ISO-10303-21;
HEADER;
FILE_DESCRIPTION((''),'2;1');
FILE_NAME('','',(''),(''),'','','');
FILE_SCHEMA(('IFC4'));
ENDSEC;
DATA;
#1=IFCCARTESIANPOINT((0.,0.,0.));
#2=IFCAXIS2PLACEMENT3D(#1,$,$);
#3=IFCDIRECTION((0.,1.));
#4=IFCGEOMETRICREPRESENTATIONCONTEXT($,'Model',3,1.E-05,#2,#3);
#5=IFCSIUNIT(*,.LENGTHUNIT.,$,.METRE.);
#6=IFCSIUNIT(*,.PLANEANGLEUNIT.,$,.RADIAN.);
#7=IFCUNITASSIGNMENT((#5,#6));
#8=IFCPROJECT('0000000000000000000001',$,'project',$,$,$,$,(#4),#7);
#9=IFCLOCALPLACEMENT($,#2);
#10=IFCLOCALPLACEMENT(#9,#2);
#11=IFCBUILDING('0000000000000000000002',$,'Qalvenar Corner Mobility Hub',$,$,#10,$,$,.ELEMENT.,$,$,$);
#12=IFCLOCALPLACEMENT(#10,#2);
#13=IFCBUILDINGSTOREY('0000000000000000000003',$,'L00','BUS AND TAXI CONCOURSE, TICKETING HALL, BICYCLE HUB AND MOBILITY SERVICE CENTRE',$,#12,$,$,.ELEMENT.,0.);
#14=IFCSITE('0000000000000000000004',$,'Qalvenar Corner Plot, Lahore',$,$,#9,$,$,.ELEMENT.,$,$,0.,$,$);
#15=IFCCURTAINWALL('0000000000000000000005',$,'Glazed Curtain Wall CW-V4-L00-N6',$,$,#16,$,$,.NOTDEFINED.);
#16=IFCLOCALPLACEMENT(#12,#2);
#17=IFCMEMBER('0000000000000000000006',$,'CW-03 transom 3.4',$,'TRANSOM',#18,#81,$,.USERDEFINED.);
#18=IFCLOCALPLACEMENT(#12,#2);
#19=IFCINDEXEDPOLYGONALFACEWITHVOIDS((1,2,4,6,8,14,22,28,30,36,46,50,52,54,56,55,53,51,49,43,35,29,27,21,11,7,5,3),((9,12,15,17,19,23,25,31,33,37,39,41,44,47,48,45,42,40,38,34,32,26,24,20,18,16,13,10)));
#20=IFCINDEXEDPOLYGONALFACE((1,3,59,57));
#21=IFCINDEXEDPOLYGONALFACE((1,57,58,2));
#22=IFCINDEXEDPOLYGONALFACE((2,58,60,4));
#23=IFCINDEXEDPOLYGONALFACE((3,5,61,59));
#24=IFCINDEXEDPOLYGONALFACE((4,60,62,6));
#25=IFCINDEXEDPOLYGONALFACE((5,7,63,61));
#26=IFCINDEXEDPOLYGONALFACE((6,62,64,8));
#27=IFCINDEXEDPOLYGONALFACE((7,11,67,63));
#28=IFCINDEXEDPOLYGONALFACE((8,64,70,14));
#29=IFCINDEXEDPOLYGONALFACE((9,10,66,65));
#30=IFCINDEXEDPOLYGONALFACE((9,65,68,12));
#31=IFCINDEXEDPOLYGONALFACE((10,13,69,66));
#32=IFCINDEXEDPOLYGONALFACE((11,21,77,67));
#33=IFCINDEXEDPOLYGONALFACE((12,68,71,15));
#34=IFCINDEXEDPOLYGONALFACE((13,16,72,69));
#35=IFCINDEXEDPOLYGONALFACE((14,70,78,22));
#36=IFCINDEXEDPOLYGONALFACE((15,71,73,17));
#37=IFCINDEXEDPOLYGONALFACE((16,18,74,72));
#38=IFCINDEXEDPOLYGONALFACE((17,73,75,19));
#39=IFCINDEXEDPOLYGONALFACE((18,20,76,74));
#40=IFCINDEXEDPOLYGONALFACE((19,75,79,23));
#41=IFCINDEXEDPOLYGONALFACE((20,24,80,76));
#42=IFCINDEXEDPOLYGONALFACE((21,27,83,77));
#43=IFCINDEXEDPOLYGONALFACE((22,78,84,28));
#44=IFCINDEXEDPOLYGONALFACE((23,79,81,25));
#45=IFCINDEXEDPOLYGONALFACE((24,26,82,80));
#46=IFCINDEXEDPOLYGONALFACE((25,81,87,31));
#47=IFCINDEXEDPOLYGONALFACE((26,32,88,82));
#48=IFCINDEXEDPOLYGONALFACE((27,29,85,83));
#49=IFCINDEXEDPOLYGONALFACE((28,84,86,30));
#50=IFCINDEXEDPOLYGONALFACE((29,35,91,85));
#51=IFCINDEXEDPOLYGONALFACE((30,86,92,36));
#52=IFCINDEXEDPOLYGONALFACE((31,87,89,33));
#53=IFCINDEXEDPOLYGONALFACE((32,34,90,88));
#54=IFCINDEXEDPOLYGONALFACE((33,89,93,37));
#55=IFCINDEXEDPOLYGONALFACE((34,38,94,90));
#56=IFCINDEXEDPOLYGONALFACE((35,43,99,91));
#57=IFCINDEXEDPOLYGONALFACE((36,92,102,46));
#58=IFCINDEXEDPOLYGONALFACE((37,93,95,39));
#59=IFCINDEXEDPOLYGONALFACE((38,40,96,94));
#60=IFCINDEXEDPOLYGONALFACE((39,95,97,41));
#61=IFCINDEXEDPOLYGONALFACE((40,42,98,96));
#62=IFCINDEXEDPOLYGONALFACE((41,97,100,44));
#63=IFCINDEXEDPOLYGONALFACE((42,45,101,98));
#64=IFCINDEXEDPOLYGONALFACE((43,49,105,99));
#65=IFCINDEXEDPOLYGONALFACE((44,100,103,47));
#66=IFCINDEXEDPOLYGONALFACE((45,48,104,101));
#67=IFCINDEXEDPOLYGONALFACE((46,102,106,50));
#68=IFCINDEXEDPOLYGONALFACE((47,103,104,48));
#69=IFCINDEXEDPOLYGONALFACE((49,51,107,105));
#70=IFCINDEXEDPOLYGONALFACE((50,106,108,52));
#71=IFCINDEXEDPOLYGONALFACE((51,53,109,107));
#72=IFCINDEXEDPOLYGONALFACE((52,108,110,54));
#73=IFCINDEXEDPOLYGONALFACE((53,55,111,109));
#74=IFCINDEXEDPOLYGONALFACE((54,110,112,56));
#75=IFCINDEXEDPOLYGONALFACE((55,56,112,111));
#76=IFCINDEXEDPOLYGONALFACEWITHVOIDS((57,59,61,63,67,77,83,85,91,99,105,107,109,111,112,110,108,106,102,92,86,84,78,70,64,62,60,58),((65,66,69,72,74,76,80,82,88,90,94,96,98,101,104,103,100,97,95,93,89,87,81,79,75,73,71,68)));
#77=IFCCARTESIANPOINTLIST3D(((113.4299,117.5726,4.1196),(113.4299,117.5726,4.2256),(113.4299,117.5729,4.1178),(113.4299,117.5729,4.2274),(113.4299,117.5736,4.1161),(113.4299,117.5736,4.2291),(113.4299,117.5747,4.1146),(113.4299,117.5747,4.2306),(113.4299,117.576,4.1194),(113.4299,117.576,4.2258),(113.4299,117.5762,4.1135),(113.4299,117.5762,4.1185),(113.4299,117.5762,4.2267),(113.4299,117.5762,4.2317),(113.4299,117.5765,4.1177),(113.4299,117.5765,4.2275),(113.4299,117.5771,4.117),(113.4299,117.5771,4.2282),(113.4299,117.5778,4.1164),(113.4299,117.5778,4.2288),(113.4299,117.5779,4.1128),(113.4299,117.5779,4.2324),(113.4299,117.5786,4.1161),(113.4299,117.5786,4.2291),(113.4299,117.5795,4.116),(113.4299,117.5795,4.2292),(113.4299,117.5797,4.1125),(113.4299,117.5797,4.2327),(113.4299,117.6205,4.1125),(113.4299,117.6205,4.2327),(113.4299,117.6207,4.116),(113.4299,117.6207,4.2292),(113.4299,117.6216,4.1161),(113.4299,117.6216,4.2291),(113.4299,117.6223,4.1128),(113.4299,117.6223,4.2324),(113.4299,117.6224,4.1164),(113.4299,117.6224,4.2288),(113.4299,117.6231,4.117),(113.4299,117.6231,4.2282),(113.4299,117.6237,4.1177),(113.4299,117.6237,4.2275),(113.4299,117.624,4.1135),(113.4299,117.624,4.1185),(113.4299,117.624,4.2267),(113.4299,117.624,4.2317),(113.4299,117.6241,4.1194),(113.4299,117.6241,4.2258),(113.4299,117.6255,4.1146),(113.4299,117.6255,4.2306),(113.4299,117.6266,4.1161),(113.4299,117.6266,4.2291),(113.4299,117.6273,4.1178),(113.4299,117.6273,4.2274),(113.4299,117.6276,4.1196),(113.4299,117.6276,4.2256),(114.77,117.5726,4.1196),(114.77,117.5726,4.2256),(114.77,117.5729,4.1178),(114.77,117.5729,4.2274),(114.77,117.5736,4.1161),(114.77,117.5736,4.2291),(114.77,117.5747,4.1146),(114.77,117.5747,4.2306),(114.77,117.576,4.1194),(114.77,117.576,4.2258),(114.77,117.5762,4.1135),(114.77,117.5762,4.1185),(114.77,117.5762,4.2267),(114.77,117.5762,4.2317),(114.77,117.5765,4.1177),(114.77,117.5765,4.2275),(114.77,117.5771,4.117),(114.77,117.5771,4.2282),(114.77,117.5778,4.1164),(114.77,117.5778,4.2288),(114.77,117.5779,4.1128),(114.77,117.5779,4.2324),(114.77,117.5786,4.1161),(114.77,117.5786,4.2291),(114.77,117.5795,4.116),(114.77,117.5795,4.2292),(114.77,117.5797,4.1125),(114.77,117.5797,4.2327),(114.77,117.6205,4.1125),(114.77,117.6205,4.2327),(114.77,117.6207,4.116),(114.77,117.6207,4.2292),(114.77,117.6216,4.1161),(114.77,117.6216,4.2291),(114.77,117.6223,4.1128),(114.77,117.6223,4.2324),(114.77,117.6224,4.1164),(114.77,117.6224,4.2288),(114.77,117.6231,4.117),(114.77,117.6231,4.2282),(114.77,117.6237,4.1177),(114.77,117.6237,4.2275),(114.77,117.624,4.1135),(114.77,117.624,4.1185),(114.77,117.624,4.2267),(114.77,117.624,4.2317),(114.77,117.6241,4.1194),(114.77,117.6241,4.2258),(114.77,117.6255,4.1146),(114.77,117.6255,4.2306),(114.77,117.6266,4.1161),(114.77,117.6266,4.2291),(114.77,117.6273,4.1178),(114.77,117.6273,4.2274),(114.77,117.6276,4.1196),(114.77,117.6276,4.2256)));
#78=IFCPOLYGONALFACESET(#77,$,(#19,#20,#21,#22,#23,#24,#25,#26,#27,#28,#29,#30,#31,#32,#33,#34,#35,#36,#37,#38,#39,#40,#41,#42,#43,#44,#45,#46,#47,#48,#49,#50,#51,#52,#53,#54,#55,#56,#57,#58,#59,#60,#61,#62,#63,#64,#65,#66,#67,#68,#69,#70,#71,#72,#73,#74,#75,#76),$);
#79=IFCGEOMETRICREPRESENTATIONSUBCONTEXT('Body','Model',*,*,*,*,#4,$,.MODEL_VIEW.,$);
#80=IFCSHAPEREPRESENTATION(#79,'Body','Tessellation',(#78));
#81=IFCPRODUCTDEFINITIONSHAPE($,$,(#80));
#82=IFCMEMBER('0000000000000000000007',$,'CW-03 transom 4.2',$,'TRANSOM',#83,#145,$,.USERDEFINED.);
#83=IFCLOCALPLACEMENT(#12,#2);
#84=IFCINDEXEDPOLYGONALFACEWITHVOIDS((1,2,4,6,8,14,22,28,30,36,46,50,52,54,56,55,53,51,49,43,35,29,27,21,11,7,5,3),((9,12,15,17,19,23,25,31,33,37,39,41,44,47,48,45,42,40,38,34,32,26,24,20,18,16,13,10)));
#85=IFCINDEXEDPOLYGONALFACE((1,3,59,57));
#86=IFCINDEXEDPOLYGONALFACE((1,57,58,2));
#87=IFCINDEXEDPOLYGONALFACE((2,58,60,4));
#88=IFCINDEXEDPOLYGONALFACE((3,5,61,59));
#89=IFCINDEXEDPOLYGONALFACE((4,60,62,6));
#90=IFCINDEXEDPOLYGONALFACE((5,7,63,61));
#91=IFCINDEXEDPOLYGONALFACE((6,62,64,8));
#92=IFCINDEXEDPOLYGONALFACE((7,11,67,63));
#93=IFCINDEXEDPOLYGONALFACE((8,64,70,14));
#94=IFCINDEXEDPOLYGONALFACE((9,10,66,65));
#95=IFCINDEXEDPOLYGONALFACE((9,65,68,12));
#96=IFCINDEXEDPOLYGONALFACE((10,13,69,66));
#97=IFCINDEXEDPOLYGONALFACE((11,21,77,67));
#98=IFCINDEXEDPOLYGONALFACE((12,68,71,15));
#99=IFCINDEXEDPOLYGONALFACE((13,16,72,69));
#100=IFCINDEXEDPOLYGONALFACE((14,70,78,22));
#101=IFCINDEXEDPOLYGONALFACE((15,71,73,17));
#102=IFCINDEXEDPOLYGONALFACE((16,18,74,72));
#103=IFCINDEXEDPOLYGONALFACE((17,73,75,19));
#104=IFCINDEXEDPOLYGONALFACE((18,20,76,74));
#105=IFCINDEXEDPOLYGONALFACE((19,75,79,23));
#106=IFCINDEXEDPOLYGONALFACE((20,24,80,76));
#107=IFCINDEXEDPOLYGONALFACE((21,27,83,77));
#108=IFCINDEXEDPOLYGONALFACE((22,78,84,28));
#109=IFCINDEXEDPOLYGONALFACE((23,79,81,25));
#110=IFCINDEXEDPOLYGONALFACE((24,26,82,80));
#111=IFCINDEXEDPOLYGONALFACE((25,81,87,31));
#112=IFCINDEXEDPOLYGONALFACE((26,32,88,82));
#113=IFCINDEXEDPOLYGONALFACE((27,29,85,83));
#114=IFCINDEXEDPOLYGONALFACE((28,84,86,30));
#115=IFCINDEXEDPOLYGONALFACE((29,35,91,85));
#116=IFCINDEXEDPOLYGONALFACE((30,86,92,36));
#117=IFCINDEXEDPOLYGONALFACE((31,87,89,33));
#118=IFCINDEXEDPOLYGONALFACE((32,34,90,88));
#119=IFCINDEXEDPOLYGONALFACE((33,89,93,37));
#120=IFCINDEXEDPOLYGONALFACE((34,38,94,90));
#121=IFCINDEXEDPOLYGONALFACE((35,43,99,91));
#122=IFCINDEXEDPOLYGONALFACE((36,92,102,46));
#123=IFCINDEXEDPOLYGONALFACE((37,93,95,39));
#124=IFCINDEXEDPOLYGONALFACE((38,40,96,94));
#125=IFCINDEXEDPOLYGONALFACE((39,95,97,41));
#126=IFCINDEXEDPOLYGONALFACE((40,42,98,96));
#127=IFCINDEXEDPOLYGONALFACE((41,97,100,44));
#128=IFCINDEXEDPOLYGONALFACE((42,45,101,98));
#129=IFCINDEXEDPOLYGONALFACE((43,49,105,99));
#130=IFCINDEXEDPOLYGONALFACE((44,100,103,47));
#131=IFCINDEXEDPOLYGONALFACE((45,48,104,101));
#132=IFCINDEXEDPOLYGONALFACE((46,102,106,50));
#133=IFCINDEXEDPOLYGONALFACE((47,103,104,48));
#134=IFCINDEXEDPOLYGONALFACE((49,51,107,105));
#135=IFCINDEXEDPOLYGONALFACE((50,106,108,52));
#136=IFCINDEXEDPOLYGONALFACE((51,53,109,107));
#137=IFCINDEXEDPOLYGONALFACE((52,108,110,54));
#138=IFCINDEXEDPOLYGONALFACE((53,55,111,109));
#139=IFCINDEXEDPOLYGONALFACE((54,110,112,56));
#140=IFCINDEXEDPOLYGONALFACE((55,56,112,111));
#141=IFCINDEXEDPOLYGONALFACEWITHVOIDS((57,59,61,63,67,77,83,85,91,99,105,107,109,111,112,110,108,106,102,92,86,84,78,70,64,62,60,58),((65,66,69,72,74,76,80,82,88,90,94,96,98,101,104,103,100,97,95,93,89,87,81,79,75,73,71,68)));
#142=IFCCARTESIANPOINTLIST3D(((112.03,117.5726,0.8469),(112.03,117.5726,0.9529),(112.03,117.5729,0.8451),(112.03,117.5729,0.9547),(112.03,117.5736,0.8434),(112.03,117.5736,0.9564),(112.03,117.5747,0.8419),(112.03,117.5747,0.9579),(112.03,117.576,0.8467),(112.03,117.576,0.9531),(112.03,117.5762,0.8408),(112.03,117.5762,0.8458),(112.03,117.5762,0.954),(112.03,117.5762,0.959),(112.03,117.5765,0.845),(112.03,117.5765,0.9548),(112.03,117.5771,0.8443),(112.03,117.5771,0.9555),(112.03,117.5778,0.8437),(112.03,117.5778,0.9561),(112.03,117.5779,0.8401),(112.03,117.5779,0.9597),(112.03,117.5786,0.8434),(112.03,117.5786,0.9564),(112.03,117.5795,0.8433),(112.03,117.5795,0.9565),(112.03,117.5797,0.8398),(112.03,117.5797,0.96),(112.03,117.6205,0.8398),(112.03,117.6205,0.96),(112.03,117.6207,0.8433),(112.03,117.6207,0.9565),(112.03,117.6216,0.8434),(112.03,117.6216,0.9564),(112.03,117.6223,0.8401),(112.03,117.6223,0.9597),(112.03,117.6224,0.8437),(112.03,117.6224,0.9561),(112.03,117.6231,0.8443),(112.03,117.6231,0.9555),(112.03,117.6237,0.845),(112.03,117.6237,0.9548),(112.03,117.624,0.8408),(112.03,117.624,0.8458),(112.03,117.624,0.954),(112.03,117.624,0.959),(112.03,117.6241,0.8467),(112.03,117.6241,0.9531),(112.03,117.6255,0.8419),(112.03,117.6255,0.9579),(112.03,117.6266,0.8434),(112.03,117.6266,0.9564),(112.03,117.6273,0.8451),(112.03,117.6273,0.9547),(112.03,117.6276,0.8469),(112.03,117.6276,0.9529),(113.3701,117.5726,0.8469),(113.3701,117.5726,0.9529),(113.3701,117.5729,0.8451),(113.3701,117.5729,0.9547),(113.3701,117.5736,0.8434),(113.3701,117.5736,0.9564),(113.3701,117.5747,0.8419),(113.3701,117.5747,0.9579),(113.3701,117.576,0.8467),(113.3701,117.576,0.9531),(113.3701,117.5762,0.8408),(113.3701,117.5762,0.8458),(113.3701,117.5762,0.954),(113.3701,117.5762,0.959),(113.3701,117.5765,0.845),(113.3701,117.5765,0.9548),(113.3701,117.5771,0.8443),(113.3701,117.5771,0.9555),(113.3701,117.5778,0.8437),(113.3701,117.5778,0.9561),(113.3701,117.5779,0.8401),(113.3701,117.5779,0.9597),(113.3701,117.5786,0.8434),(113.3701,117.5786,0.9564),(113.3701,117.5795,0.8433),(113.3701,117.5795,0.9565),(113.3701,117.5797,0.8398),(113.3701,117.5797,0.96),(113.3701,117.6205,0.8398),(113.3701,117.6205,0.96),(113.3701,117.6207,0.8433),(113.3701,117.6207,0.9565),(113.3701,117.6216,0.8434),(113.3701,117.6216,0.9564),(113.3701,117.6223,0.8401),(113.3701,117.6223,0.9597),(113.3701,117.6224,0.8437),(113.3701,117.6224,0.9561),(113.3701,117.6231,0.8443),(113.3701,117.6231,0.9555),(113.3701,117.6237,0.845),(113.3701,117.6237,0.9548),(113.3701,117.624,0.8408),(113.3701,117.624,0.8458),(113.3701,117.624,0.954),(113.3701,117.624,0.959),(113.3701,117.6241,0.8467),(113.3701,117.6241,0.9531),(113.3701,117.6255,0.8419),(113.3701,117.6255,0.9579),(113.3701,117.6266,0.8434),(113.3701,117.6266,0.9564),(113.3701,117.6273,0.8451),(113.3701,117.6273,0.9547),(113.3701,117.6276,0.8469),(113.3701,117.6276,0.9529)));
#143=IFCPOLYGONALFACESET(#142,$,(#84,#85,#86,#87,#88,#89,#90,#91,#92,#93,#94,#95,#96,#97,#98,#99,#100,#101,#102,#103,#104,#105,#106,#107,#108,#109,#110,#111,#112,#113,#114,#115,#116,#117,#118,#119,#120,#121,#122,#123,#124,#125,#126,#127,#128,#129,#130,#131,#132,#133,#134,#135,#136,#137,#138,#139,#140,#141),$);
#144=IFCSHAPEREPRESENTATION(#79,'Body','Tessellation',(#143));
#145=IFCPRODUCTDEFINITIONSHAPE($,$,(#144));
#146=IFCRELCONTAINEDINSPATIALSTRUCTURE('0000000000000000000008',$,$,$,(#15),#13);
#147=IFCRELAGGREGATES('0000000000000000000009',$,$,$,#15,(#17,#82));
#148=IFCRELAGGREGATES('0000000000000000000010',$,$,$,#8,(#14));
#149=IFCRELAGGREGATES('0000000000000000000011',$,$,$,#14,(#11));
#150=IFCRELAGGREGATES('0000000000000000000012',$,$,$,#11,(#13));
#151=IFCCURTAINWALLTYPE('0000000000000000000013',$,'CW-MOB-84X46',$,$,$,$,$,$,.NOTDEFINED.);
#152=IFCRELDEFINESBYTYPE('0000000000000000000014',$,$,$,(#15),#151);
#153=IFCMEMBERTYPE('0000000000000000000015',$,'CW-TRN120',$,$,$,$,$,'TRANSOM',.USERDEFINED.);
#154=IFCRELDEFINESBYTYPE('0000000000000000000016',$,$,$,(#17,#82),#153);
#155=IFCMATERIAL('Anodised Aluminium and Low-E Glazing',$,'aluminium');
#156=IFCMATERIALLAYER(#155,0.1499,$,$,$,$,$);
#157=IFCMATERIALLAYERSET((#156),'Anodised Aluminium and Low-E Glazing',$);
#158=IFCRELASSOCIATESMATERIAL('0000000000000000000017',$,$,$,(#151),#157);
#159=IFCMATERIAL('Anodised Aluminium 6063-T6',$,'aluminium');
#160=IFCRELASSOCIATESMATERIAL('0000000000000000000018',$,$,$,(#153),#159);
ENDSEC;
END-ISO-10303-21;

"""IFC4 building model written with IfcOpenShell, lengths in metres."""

from ifc_helpers import new_model, si_unit, direction, frame, origin, origin_2d, place, context, subcontext, project, spatial, hollow_rectangle, extrude, material, layer, layer_set, material_profile, profile_set, type_object, element, aggregate, save


model = new_model("IFC4")

# Units and contexts
model_context = context("Model", 3, precision=1e-05, world=origin(), true_north=direction((0.0, 1.0)))
body_context = subcontext(model_context, "Body", "Model", "MODEL_VIEW")
ifc_project = project(units=[si_unit("LENGTHUNIT", "METRE"), si_unit("PLANEANGLEUNIT", "RADIAN")], contexts=[model_context])

# Site, building, storey
site_placement = place(None, origin())
site = spatial("IfcSite", under=ifc_project, at=site_placement, Name="Qalvenar Corner Plot, Lahore", CompositionType="ELEMENT", RefElevation=0.0)
building_placement = place(site_placement, origin())
building = spatial("IfcBuilding", under=site, at=building_placement, Name="Qalvenar Corner Mobility Hub", CompositionType="ELEMENT")
storey_placement = place(building_placement, origin())
storey = spatial("IfcBuildingStorey", under=building, at=storey_placement, Name="L00", Description="BUS AND TAXI CONCOURSE, TICKETING HALL, BICYCLE HUB AND MOBILITY SERVICE CENTRE", CompositionType="ELEMENT", Elevation=0.0)

# Curtain wall, members
ifc_material_1 = material(Name="Anodised Aluminium and Low-E Glazing", Category="aluminium")
ifc_layer_1 = layer(ifc_material_1, 0.1499)
ifc_layer_set_1 = layer_set([ifc_layer_1], Name="Anodised Aluminium and Low-E Glazing")
curtain_wall_type = type_object("IfcCurtainWallType", Name="CW-MOB-84X46", PredefinedType="NOTDEFINED", material=ifc_layer_set_1)
curtain_wall_placement = place(storey_placement, origin())
curtain_wall = element("IfcCurtainWall", 1, at=curtain_wall_placement, inside=storey, type_object=curtain_wall_type, Name="Glazed Curtain Wall CW-V4-L00-N6", PredefinedType="NOTDEFINED")
ifc_material_2 = material(Name="Anodised Aluminium 6063-T6", Category="aluminium")
ifc_material_profile_1 = material_profile(ifc_material_2, hollow_rectangle(XDim=0.0549, YDim=0.1201, WallThickness=0.0034, InnerFilletRadius=0.0034, OuterFilletRadius=0.0071, at=origin_2d()), Name="RHS120x55x3.5")
ifc_profile_set_1 = profile_set([ifc_material_profile_1], Name="Anodised Aluminium 6063-T6")
member_type_1 = type_object("IfcMemberType", Name="CW-TRN120", ElementType="TRANSOM", PredefinedType="USERDEFINED", material=ifc_profile_set_1)
member_1_placement = place(storey_placement, frame((114.77, 117.6001, 4.1726), z_axis=(-1.0, 0.0, 0.0), x_axis=(0.0, -1.0, 0.0)))
member_1 = element("IfcMember", 2, at=member_1_placement, type_object=member_type_1, Name="CW-03 transom 3.4", ObjectType="TRANSOM", PredefinedType="USERDEFINED", context=body_context, shape_type="SweptSolid", body=[
    extrude(hollow_rectangle(XDim=0.0549, YDim=0.1201, WallThickness=0.0034, InnerFilletRadius=0.0034, OuterFilletRadius=0.0071, at=origin_2d()), origin(), (0.0, 0.0, 1.0), 1.3401),
])
member_2_placement = place(storey_placement, frame((113.3701, 117.6001, 0.8999), z_axis=(-1.0, 0.0, 0.0), x_axis=(0.0, -1.0, 0.0)))
member_2 = element("IfcMember", 3, at=member_2_placement, type_object=member_type_1, Name="CW-03 transom 4.2", ObjectType="TRANSOM", PredefinedType="USERDEFINED", context=body_context, shape_type="SweptSolid", body=[
    extrude(hollow_rectangle(XDim=0.0549, YDim=0.1201, WallThickness=0.0034, InnerFilletRadius=0.0034, OuterFilletRadius=0.0071, at=origin_2d()), origin(), (0.0, 0.0, 1.0), 1.3401),
])
aggregate(curtain_wall, [member_1, member_2])

save(model, "model.ifc")
